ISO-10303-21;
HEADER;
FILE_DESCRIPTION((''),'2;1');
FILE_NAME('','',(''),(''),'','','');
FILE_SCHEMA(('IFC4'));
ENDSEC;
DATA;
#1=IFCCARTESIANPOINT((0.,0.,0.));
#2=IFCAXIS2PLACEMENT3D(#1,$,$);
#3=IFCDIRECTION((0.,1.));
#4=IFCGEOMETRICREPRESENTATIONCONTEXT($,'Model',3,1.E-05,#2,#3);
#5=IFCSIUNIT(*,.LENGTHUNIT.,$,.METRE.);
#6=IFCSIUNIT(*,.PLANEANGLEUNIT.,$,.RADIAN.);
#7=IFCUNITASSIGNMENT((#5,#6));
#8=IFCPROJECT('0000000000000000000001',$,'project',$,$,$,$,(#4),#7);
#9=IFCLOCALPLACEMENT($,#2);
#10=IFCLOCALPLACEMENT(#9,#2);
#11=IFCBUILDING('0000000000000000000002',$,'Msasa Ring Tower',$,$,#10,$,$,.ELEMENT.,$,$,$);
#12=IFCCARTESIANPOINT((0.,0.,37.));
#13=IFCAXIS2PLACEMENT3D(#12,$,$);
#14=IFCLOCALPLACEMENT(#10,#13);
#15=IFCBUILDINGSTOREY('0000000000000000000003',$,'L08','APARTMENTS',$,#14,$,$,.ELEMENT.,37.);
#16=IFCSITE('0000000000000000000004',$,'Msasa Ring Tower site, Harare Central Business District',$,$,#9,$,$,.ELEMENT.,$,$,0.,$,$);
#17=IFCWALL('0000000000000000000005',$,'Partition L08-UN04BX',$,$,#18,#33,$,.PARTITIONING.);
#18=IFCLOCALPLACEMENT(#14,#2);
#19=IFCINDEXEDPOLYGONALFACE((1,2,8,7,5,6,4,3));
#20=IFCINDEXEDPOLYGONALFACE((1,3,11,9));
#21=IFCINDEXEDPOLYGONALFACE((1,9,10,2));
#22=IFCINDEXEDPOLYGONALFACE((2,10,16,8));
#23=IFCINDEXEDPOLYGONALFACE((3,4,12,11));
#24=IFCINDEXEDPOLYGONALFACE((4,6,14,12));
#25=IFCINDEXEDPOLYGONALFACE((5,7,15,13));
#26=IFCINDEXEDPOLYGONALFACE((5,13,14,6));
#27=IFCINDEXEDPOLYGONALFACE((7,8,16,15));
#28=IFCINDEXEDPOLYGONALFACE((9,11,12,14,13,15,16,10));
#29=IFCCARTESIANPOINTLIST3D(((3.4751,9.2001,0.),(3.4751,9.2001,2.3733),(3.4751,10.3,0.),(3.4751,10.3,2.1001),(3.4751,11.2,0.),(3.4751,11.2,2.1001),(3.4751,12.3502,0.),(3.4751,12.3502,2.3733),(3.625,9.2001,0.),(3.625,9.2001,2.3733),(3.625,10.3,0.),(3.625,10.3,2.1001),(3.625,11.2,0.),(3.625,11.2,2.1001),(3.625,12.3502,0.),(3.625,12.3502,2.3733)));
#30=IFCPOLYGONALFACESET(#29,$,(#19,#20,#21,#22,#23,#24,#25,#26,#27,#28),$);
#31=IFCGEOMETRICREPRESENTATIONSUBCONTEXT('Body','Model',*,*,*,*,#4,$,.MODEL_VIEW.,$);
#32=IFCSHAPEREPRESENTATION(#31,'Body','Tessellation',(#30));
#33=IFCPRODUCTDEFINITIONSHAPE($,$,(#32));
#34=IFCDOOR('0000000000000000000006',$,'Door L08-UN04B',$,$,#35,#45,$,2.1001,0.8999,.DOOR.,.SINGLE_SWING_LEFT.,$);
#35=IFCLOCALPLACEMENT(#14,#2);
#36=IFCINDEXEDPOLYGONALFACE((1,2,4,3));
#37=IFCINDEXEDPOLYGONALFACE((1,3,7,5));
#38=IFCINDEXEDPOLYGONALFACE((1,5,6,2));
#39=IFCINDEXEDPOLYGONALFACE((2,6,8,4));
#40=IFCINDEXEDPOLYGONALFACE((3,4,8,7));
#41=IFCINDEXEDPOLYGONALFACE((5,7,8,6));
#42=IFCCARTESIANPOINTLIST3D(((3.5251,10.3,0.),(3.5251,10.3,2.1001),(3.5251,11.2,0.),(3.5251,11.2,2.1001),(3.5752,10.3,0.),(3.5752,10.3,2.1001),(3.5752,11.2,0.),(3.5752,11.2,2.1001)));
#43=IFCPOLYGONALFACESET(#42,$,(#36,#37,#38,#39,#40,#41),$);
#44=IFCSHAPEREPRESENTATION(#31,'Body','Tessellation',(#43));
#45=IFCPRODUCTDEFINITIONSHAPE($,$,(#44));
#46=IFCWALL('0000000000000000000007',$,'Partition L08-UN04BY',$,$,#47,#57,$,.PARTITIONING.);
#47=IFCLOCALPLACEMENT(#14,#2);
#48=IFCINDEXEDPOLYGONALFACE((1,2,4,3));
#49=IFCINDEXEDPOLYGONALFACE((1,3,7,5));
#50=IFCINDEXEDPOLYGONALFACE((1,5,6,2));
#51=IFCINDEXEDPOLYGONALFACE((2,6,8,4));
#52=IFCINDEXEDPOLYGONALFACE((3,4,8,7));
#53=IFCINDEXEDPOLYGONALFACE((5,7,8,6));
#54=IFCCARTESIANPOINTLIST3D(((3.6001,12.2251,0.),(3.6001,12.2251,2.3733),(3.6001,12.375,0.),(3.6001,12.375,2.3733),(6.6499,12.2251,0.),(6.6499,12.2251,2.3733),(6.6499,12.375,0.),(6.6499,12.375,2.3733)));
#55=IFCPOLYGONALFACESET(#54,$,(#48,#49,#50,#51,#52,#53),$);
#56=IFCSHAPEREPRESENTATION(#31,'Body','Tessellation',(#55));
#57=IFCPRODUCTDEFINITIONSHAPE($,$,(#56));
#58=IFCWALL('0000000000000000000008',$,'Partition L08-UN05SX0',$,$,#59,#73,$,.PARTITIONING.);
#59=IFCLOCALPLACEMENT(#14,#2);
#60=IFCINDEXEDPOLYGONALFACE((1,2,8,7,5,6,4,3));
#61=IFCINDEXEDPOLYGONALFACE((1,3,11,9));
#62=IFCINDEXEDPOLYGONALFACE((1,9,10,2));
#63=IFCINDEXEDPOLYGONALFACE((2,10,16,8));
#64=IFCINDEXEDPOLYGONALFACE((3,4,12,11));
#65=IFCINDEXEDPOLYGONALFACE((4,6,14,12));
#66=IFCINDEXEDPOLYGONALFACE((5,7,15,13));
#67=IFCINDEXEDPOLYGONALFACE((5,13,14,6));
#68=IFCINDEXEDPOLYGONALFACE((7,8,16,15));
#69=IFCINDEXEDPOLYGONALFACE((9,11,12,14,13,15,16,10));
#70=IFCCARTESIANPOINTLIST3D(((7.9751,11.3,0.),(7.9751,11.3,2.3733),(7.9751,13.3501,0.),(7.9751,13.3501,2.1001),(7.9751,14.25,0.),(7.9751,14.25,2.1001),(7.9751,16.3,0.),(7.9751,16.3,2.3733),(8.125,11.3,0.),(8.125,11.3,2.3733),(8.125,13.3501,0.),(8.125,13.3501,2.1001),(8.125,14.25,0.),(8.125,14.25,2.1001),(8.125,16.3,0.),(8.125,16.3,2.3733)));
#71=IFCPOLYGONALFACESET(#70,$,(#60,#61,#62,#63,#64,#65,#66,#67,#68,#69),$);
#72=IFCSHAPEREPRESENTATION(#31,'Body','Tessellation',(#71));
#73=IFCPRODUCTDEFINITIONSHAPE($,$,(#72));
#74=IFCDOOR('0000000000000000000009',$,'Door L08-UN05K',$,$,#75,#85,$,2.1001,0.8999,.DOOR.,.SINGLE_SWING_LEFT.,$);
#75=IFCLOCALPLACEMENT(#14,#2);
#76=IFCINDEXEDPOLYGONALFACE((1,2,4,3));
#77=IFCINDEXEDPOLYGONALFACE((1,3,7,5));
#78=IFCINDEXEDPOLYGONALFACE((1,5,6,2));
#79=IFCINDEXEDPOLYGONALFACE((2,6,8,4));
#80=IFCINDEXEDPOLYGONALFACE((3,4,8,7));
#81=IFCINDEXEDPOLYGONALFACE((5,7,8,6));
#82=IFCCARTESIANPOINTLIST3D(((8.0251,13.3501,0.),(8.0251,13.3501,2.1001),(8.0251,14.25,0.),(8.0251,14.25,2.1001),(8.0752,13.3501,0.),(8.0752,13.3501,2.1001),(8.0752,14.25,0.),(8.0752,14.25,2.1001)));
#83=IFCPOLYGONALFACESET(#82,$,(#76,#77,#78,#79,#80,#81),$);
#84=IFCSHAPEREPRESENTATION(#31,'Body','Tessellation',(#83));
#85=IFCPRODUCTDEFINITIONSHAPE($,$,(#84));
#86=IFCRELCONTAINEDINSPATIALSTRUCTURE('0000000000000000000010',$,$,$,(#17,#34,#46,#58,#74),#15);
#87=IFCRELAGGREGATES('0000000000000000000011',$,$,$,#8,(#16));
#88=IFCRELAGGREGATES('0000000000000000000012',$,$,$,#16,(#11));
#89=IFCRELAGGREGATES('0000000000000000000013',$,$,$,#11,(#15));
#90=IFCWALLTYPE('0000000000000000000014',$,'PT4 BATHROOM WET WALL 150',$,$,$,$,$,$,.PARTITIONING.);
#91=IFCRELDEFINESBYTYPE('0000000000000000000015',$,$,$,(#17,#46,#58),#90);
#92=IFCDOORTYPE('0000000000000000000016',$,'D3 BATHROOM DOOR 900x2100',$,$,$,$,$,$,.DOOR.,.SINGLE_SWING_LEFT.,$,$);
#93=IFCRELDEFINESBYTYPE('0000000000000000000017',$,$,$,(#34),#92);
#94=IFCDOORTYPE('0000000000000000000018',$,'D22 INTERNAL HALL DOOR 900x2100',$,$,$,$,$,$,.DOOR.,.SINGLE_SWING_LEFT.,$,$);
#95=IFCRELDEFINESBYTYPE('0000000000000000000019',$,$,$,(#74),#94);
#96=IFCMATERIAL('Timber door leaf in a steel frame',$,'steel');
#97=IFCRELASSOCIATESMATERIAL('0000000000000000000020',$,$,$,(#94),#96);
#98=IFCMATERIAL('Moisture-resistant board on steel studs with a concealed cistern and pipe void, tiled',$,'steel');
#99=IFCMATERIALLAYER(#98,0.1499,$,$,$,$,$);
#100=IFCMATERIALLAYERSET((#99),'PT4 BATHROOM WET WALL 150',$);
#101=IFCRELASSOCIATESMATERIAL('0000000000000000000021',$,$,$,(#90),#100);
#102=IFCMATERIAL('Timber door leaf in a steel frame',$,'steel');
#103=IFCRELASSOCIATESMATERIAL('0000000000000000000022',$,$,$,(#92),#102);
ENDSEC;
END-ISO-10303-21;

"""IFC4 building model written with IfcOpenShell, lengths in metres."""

from ifc_helpers import new_model, si_unit, direction, frame, frame_2d, origin, place, context, subcontext, project, spatial, rectangle, extrude, material, layer, layer_set, type_object, element, fill, save


model = new_model("IFC4")

# Units and contexts
model_context = context("Model", 3, precision=1e-05, world=origin(), true_north=direction((0.0, 1.0)))
body_context = subcontext(model_context, "Body", "Model", "MODEL_VIEW")
ifc_project = project(units=[si_unit("LENGTHUNIT", "METRE"), si_unit("PLANEANGLEUNIT", "RADIAN")], contexts=[model_context])

# Site, building, storey
site_placement = place(None, origin())
site = spatial("IfcSite", under=ifc_project, at=site_placement, Name="Msasa Ring Tower site, Harare Central Business District", CompositionType="ELEMENT", RefElevation=0.0)
building_placement = place(site_placement, origin())
building = spatial("IfcBuilding", under=site, at=building_placement, Name="Msasa Ring Tower", CompositionType="ELEMENT")
storey_placement = place(building_placement, frame((0.0, 0.0, 37.0)))
storey = spatial("IfcBuildingStorey", under=building, at=storey_placement, Name="L08", Description="APARTMENTS", CompositionType="ELEMENT", Elevation=37.0)

# Shared definitions
ifc_material_1 = material(Name="Timber door leaf in a steel frame", Category="steel")
door_type_1 = type_object("IfcDoorType", Name="D22 INTERNAL HALL DOOR 900x2100", OperationType="SINGLE_SWING_LEFT", PredefinedType="DOOR", material=ifc_material_1)

# Wall, opening, door
ifc_material_2 = material(Name="Moisture-resistant board on steel studs with a concealed cistern and pipe void, tiled", Category="steel")
ifc_layer_1 = layer(ifc_material_2, 0.1499)
ifc_layer_set_1 = layer_set([ifc_layer_1], Name="PT4 BATHROOM WET WALL 150")
wall_type_1 = type_object("IfcWallType", Name="PT4 BATHROOM WET WALL 150", PredefinedType="PARTITIONING", material=ifc_layer_set_1)
wall_1_placement = place(storey_placement, frame((3.55, 9.2, 0.0), z_axis=(0.0, 0.0, 1.0), x_axis=(0.0, 1.0, 0.0)))
wall_1 = element("IfcWall", 1, at=wall_1_placement, inside=storey, type_object=wall_type_1, Name="Partition L08-UN04BX", PredefinedType="PARTITIONING", context=body_context, shape_type="SweptSolid", body=[
    extrude(rectangle(XDim=3.1501, YDim=0.1499, at=frame_2d((1.5752, 0.0))), origin(), (0.0, 0.0, 1.0), 2.3733),
])
opening_1_placement = place(wall_1_placement, frame((1.1001, 0.0, 0.0)))
opening_1 = element("IfcOpeningElement", 2, at=opening_1_placement, cuts=wall_1, PredefinedType="OPENING", context=body_context, shape_type="SweptSolid", body=[
    extrude(rectangle(XDim=0.8999, YDim=2.1001, at=frame_2d((0.45, 1.05))), frame((0.0, 0.085, 0.0), z_axis=(0.0, -1.0, 0.0), x_axis=(1.0, 0.0, 0.0)), (0.0, 0.0, 1.0), 0.1699),
])
ifc_material_3 = material(Name="Timber door leaf in a steel frame", Category="steel")
door_type_2 = type_object("IfcDoorType", Name="D3 BATHROOM DOOR 900x2100", OperationType="SINGLE_SWING_LEFT", PredefinedType="DOOR", material=ifc_material_3)
door_1_placement = place(opening_1_placement, origin())
door_1 = element("IfcDoor", 3, at=door_1_placement, inside=storey, type_object=door_type_2, Name="Door L08-UN04B", OperationType="SINGLE_SWING_LEFT", OverallHeight=2.1001, OverallWidth=0.8999, PredefinedType="DOOR", context=body_context, shape_type="SweptSolid", body=[
    extrude(rectangle(XDim=0.8999, YDim=2.1001, at=frame_2d((0.45, 1.05))), frame((0.0, 0.0249, 0.0), z_axis=(0.0, -1.0, 0.0), x_axis=(1.0, 0.0, 0.0)), (0.0, 0.0, 1.0), 0.05),
])
fill(opening_1, door_1)

# Wall
wall_2_placement = place(storey_placement, frame((3.6001, 12.3, 0.0), z_axis=(0.0, 0.0, 1.0), x_axis=(1.0, 0.0, 0.0)))
element("IfcWall", 4, at=wall_2_placement, inside=storey, type_object=wall_type_1, Name="Partition L08-UN04BY", PredefinedType="PARTITIONING", context=body_context, shape_type="SweptSolid", body=[
    extrude(rectangle(XDim=3.0498, YDim=0.1499, at=frame_2d((1.5249, 0.0))), origin(), (0.0, 0.0, 1.0), 2.3733),
])

# Wall, opening, door
wall_3_placement = place(storey_placement, frame((8.05, 11.3, 0.0), z_axis=(0.0, 0.0, 1.0), x_axis=(0.0, 1.0, 0.0)))
wall_3 = element("IfcWall", 5, at=wall_3_placement, inside=storey, type_object=wall_type_1, Name="Partition L08-UN05SX0", PredefinedType="PARTITIONING", context=body_context, shape_type="SweptSolid", body=[
    extrude(rectangle(XDim=5.0, YDim=0.1499, at=frame_2d((2.5, 0.0))), origin(), (0.0, 0.0, 1.0), 2.3733),
])
opening_2_placement = place(wall_3_placement, frame((2.05, 0.0, 0.0)))
opening_2 = element("IfcOpeningElement", 6, at=opening_2_placement, cuts=wall_3, PredefinedType="OPENING", context=body_context, shape_type="SweptSolid", body=[
    extrude(rectangle(XDim=0.8999, YDim=2.1001, at=frame_2d((0.45, 1.05))), frame((0.0, 0.085, 0.0), z_axis=(0.0, -1.0, 0.0), x_axis=(1.0, 0.0, 0.0)), (0.0, 0.0, 1.0), 0.1699),
])
door_2_placement = place(opening_2_placement, origin())
door_2 = element("IfcDoor", 7, at=door_2_placement, inside=storey, type_object=door_type_1, Name="Door L08-UN05K", OperationType="SINGLE_SWING_LEFT", OverallHeight=2.1001, OverallWidth=0.8999, PredefinedType="DOOR", context=body_context, shape_type="SweptSolid", body=[
    extrude(rectangle(XDim=0.8999, YDim=2.1001, at=frame_2d((0.45, 1.05))), frame((0.0, 0.0249, 0.0), z_axis=(0.0, -1.0, 0.0), x_axis=(1.0, 0.0, 0.0)), (0.0, 0.0, 1.0), 0.05),
])
fill(opening_2, door_2)

save(model, "model.ifc")
